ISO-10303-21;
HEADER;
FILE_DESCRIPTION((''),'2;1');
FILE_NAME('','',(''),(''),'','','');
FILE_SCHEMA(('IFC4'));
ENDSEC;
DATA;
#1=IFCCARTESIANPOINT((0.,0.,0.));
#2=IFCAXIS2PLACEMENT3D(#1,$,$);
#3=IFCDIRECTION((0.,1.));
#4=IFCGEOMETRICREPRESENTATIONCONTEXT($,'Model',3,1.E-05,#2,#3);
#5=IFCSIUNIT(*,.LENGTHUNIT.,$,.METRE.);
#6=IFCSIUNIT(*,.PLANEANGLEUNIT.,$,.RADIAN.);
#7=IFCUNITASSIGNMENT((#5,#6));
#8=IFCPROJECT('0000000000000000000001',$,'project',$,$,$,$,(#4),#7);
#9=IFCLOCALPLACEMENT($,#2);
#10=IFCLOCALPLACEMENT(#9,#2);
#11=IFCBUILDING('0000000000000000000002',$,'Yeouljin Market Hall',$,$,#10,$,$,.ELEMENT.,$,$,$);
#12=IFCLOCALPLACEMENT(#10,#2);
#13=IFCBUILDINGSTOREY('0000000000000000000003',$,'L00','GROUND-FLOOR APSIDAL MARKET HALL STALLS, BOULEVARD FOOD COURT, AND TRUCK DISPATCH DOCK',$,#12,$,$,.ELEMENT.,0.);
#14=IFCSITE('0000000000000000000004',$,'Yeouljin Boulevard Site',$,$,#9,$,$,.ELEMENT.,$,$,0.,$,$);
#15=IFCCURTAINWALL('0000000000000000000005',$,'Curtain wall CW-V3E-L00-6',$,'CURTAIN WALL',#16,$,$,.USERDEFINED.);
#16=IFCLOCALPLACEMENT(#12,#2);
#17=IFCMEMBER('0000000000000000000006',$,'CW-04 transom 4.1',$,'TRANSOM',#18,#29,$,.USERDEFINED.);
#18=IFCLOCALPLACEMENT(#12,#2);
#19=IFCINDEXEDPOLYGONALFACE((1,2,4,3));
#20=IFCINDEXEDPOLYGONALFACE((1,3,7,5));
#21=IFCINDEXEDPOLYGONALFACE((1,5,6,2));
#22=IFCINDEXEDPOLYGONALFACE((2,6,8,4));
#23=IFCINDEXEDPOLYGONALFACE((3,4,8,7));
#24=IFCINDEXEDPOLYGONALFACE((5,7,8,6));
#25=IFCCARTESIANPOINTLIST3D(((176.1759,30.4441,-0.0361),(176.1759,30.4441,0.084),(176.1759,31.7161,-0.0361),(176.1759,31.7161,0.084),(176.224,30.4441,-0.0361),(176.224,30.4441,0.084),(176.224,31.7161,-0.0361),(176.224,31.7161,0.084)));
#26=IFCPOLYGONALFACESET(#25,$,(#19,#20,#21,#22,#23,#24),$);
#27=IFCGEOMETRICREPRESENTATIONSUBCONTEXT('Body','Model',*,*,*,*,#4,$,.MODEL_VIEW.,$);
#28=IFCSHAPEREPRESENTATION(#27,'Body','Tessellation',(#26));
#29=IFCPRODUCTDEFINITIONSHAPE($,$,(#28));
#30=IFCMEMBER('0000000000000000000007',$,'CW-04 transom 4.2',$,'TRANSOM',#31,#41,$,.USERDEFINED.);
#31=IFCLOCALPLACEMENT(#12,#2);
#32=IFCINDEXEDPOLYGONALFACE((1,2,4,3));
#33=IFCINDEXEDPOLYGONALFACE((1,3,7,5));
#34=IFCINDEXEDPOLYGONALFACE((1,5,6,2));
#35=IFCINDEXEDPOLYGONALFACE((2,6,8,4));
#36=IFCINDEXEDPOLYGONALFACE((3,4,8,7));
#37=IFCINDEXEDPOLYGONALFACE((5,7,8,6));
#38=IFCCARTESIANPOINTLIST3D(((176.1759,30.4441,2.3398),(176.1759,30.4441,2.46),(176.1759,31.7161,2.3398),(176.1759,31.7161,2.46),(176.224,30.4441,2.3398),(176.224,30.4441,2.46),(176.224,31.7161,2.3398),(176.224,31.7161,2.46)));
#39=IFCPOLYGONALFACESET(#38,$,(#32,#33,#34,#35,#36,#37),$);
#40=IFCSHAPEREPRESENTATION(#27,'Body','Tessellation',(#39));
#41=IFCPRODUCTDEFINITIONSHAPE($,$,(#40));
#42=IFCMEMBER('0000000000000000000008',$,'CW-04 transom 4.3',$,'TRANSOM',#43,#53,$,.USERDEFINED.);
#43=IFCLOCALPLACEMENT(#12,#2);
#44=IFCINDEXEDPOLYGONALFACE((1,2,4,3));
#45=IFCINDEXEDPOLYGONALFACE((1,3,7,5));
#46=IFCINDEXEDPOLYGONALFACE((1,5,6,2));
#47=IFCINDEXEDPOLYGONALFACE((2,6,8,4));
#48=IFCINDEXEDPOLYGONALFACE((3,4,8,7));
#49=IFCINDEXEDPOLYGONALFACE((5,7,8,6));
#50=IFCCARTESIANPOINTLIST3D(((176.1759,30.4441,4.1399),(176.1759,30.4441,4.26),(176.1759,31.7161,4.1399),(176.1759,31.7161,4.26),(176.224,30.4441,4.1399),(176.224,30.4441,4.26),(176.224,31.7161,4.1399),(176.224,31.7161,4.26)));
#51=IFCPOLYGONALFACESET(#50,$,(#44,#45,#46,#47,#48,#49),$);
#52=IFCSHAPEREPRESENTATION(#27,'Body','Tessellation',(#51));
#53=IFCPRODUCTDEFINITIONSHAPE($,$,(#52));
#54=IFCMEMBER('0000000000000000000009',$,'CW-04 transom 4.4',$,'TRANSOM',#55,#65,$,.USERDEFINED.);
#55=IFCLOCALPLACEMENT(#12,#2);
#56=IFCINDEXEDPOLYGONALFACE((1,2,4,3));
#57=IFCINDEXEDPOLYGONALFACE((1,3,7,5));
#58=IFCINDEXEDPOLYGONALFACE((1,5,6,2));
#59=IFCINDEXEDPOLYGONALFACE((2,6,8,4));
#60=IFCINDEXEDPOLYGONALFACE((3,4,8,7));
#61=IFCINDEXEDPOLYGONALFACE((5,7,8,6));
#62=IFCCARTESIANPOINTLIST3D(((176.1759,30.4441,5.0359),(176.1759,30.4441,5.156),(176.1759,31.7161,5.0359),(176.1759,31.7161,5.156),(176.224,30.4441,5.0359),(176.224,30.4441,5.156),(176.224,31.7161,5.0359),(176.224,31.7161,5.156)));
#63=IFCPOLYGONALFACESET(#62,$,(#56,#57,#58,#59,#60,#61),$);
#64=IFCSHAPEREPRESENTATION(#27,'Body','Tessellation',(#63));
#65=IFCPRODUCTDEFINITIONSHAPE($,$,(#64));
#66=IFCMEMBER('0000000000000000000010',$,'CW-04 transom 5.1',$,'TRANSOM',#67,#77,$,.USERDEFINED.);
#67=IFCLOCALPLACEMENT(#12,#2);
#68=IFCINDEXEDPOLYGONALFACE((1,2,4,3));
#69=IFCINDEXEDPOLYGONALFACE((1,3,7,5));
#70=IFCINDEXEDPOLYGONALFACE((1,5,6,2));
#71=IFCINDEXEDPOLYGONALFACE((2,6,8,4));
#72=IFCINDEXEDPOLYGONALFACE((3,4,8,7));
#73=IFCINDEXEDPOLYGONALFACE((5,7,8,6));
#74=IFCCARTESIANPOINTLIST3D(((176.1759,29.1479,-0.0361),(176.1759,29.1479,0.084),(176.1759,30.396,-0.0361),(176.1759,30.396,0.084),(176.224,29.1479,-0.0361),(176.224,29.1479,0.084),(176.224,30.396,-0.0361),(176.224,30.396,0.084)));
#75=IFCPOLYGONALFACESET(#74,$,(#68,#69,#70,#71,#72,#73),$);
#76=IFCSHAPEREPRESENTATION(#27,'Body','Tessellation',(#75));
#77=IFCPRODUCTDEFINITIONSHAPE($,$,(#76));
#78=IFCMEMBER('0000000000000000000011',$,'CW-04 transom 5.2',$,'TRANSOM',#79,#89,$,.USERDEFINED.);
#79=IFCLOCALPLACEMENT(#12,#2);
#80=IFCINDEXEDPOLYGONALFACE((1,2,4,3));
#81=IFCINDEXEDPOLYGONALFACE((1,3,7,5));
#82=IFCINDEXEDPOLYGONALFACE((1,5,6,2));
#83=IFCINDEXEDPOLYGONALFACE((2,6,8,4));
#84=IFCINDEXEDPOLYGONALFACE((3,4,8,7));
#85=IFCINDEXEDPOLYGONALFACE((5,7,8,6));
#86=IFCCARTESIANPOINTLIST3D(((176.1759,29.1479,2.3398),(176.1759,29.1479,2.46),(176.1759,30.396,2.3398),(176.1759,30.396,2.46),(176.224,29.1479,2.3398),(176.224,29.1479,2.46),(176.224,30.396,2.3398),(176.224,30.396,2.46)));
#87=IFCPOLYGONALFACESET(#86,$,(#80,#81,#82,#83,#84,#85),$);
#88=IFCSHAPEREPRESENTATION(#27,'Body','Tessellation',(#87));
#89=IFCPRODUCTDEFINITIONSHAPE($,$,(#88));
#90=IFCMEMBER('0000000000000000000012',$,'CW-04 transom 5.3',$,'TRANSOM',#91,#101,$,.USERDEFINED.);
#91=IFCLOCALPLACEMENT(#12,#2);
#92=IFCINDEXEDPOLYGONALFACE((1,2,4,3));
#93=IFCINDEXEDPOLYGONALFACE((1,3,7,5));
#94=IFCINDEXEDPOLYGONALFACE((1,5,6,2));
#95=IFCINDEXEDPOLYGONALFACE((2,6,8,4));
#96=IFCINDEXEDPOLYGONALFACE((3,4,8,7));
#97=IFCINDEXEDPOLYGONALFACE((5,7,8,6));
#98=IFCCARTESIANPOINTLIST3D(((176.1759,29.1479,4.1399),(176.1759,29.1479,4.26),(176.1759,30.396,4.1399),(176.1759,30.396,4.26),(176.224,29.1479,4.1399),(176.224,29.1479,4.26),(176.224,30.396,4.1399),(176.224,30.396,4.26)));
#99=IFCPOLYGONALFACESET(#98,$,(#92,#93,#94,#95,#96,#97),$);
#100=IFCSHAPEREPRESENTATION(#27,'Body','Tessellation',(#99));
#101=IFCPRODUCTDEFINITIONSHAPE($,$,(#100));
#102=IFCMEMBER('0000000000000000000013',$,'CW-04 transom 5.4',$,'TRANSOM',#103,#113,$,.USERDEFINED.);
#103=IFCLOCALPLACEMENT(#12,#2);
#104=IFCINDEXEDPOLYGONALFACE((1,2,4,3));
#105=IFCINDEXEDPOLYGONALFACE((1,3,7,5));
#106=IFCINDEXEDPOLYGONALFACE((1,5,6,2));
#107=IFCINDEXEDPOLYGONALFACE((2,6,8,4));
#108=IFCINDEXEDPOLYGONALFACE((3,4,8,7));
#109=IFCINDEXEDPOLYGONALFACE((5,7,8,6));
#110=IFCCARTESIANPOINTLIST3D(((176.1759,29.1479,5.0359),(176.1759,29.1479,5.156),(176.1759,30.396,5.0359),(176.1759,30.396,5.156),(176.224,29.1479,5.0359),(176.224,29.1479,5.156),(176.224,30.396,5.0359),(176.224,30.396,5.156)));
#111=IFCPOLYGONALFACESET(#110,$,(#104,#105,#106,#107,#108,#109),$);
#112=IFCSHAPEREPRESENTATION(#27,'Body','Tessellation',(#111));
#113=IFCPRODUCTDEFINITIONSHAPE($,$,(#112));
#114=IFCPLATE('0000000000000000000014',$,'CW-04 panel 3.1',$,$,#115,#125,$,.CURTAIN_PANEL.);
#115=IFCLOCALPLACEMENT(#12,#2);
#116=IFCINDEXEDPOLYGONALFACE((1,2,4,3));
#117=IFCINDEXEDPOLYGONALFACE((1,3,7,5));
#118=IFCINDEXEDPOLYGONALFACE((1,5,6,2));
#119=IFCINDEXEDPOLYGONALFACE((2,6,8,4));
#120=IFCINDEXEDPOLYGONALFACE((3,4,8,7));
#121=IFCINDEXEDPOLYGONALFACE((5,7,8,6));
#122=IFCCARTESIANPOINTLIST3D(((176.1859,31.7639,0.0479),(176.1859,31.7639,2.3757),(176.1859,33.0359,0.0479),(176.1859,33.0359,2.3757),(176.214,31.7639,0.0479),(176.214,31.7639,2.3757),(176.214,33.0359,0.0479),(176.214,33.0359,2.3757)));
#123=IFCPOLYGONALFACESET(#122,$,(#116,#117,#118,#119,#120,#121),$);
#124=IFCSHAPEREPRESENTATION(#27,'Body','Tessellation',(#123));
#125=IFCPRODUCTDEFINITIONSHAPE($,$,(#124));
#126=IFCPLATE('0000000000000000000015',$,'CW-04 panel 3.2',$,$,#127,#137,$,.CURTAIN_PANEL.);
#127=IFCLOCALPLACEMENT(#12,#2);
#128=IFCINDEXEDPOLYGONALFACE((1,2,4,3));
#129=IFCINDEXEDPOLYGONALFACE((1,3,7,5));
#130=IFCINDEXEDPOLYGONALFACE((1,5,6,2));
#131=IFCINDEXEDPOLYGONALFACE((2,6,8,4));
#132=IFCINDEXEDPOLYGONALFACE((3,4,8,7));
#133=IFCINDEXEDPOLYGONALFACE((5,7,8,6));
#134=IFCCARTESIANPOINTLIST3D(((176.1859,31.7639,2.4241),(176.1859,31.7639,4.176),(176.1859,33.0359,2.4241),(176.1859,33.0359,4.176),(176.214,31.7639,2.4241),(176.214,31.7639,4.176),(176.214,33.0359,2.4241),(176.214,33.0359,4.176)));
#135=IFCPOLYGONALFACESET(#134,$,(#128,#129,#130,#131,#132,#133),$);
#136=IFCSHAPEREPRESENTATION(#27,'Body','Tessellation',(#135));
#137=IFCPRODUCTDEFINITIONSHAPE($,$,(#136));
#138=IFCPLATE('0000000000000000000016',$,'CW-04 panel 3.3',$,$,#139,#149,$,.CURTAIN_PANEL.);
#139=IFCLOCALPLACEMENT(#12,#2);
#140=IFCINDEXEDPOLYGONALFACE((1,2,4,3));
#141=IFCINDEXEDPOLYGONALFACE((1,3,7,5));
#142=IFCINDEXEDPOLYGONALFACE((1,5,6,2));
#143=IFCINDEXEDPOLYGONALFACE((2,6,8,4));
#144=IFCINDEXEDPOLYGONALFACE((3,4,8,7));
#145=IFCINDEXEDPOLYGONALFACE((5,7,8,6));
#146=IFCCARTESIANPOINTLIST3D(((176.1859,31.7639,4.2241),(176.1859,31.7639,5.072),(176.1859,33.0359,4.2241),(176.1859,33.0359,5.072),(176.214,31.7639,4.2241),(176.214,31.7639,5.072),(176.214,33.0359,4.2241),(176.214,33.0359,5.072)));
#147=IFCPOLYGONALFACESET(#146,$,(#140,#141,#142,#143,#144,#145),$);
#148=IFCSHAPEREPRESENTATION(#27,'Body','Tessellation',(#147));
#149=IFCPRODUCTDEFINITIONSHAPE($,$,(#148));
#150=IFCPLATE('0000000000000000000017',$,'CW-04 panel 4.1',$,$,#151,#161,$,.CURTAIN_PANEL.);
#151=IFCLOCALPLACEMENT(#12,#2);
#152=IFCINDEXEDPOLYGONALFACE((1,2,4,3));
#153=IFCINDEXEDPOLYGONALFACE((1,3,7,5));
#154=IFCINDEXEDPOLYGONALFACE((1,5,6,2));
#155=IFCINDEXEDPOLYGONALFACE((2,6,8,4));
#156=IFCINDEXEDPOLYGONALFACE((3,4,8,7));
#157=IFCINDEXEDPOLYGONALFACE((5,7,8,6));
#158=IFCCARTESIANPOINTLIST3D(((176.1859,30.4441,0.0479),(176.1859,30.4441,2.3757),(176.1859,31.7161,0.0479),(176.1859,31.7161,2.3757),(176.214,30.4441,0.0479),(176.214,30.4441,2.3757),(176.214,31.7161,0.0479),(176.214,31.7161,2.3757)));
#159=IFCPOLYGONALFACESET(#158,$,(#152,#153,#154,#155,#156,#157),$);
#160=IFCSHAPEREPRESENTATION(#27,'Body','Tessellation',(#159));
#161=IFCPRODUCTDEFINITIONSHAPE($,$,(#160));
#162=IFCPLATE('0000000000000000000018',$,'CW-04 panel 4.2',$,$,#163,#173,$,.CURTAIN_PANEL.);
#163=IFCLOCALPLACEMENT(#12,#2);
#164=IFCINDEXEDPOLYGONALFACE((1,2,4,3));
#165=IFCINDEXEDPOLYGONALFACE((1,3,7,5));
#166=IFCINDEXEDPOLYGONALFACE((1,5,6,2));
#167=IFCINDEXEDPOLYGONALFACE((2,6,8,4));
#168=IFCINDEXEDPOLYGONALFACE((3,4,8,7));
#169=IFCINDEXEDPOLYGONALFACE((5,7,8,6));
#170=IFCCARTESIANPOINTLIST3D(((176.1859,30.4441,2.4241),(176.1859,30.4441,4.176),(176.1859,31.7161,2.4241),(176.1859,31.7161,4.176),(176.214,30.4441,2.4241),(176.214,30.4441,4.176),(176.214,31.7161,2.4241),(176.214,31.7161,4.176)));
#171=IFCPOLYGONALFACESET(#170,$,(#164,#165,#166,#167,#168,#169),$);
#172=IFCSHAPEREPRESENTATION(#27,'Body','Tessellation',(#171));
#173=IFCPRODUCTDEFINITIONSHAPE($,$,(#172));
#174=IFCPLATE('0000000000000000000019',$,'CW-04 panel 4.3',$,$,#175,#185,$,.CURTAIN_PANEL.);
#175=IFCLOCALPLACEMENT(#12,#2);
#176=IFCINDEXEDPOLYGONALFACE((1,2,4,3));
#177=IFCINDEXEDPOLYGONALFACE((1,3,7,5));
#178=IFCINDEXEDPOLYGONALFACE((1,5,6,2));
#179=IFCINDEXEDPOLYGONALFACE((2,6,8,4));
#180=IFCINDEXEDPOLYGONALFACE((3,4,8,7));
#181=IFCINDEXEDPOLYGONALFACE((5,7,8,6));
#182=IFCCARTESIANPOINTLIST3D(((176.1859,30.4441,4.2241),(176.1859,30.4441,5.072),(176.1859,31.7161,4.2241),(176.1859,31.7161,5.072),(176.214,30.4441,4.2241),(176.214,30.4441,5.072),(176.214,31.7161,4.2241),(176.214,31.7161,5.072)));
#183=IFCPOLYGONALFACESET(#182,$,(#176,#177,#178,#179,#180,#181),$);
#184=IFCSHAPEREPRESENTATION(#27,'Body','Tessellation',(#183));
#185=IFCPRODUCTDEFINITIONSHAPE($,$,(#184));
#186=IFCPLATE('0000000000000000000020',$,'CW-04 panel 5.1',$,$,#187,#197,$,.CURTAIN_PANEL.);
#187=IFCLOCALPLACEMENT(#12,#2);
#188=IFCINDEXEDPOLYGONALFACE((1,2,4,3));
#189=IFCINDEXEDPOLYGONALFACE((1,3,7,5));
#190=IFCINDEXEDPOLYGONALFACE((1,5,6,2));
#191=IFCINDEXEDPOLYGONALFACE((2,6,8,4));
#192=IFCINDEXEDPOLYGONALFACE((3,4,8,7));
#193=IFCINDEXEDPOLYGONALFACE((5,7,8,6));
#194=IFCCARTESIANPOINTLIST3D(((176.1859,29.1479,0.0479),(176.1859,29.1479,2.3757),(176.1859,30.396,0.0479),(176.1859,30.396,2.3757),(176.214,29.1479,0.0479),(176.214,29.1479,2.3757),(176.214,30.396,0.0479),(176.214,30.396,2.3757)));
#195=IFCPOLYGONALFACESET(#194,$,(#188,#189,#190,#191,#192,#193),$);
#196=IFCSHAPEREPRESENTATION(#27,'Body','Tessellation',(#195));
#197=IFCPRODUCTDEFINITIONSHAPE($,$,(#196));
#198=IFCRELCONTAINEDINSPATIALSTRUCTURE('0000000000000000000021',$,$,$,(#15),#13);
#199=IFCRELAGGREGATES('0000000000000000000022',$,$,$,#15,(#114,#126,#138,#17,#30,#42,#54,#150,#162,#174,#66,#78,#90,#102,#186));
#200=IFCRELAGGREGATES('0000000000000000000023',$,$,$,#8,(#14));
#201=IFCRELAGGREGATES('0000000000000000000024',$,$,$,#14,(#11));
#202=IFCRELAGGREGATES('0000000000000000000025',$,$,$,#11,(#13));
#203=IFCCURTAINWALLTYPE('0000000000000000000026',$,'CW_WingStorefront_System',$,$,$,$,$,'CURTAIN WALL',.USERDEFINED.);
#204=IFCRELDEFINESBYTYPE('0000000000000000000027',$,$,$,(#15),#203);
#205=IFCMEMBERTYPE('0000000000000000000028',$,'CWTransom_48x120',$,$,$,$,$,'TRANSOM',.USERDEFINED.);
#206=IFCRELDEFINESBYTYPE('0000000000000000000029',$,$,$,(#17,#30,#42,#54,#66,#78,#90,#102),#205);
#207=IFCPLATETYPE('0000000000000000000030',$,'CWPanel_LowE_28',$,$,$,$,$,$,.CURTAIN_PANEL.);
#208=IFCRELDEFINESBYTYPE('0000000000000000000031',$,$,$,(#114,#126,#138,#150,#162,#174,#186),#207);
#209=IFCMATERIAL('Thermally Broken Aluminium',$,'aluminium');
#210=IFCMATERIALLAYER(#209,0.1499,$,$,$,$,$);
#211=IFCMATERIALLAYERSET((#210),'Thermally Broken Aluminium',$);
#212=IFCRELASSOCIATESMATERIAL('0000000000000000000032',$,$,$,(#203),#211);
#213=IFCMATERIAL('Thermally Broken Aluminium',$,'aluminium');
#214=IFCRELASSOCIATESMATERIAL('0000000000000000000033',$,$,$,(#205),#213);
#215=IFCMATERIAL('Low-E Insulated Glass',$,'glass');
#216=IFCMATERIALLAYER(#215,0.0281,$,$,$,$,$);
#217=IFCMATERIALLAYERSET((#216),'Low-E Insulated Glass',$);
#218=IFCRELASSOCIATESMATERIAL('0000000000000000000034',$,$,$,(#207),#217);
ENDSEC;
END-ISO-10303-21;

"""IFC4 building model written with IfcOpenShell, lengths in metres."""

from ifc_helpers import new_model, si_unit, direction, frame, origin, origin_2d, place, context, subcontext, project, spatial, rectangle, extrude, material, layer, layer_set, material_profile, profile_set, type_object, element, aggregate, save


model = new_model("IFC4")

# Units and contexts
model_context = context("Model", 3, precision=1e-05, world=origin(), true_north=direction((0.0, 1.0)))
body_context = subcontext(model_context, "Body", "Model", "MODEL_VIEW")
ifc_project = project(units=[si_unit("LENGTHUNIT", "METRE"), si_unit("PLANEANGLEUNIT", "RADIAN")], contexts=[model_context])

# Site, building, storey
site_placement = place(None, origin())
site = spatial("IfcSite", under=ifc_project, at=site_placement, Name="Yeouljin Boulevard Site", CompositionType="ELEMENT", RefElevation=0.0)
building_placement = place(site_placement, origin())
building = spatial("IfcBuilding", under=site, at=building_placement, Name="Yeouljin Market Hall", CompositionType="ELEMENT")
storey_placement = place(building_placement, origin())
storey = spatial("IfcBuildingStorey", under=building, at=storey_placement, Name="L00", Description="GROUND-FLOOR APSIDAL MARKET HALL STALLS, BOULEVARD FOOD COURT, AND TRUCK DISPATCH DOCK", CompositionType="ELEMENT", Elevation=0.0)

# Curtain wall, members, plates
ifc_material_1 = material(Name="Thermally Broken Aluminium", Category="aluminium")
ifc_layer_1 = layer(ifc_material_1, 0.1499)
ifc_layer_set_1 = layer_set([ifc_layer_1], Name="Thermally Broken Aluminium")
curtain_wall_type = type_object("IfcCurtainWallType", Name="CW_WingStorefront_System", ElementType="CURTAIN WALL", PredefinedType="USERDEFINED", material=ifc_layer_set_1)
curtain_wall_placement = place(storey_placement, origin())
curtain_wall = element("IfcCurtainWall", 1, at=curtain_wall_placement, inside=storey, type_object=curtain_wall_type, Name="Curtain wall CW-V3E-L00-6", ObjectType="CURTAIN WALL", PredefinedType="USERDEFINED")
ifc_material_2 = material(Name="Thermally Broken Aluminium", Category="aluminium")
ifc_material_profile_1 = material_profile(ifc_material_2, rectangle(XDim=0.0481, YDim=0.1201, at=origin_2d()), Name="CW-TRAN-48x120")
ifc_profile_set_1 = profile_set([ifc_material_profile_1], Name="Thermally Broken Aluminium")
member_type_1 = type_object("IfcMemberType", Name="CWTransom_48x120", ElementType="TRANSOM", PredefinedType="USERDEFINED", material=ifc_profile_set_1)
member_1_placement = place(storey_placement, frame((176.2, 31.7161, 0.0239), z_axis=(0.0, -1.0, 0.0), x_axis=(1.0, 0.0, 0.0)))
member_1 = element("IfcMember", 2, at=member_1_placement, type_object=member_type_1, Name="CW-04 transom 4.1", ObjectType="TRANSOM", PredefinedType="USERDEFINED", context=body_context, shape_type="SweptSolid", body=[
    extrude(rectangle(XDim=0.0481, YDim=0.1201, at=origin_2d()), origin(), (0.0, 0.0, 1.0), 1.272),
])
member_2_placement = place(storey_placement, frame((176.2, 31.7161, 2.3999), z_axis=(0.0, -1.0, 0.0), x_axis=(1.0, 0.0, 0.0)))
member_2 = element("IfcMember", 3, at=member_2_placement, type_object=member_type_1, Name="CW-04 transom 4.2", ObjectType="TRANSOM", PredefinedType="USERDEFINED", context=body_context, shape_type="SweptSolid", body=[
    extrude(rectangle(XDim=0.0481, YDim=0.1201, at=origin_2d()), origin(), (0.0, 0.0, 1.0), 1.272),
])
member_3_placement = place(storey_placement, frame((176.2, 31.7161, 4.2), z_axis=(0.0, -1.0, 0.0), x_axis=(1.0, 0.0, 0.0)))
member_3 = element("IfcMember", 4, at=member_3_placement, type_object=member_type_1, Name="CW-04 transom 4.3", ObjectType="TRANSOM", PredefinedType="USERDEFINED", context=body_context, shape_type="SweptSolid", body=[
    extrude(rectangle(XDim=0.0481, YDim=0.1201, at=origin_2d()), origin(), (0.0, 0.0, 1.0), 1.272),
])
member_4_placement = place(storey_placement, frame((176.2, 31.7161, 5.0959), z_axis=(0.0, -1.0, 0.0), x_axis=(1.0, 0.0, 0.0)))
member_4 = element("IfcMember", 5, at=member_4_placement, type_object=member_type_1, Name="CW-04 transom 4.4", ObjectType="TRANSOM", PredefinedType="USERDEFINED", context=body_context, shape_type="SweptSolid", body=[
    extrude(rectangle(XDim=0.0481, YDim=0.1201, at=origin_2d()), origin(), (0.0, 0.0, 1.0), 1.272),
])
member_5_placement = place(storey_placement, frame((176.2, 30.396, 0.0239), z_axis=(0.0, -1.0, 0.0), x_axis=(1.0, 0.0, 0.0)))
member_5 = element("IfcMember", 6, at=member_5_placement, type_object=member_type_1, Name="CW-04 transom 5.1", ObjectType="TRANSOM", PredefinedType="USERDEFINED", context=body_context, shape_type="SweptSolid", body=[
    extrude(rectangle(XDim=0.0481, YDim=0.1201, at=origin_2d()), origin(), (0.0, 0.0, 1.0), 1.248),
])
member_6_placement = place(storey_placement, frame((176.2, 30.396, 2.3999), z_axis=(0.0, -1.0, 0.0), x_axis=(1.0, 0.0, 0.0)))
member_6 = element("IfcMember", 7, at=member_6_placement, type_object=member_type_1, Name="CW-04 transom 5.2", ObjectType="TRANSOM", PredefinedType="USERDEFINED", context=body_context, shape_type="SweptSolid", body=[
    extrude(rectangle(XDim=0.0481, YDim=0.1201, at=origin_2d()), origin(), (0.0, 0.0, 1.0), 1.248),
])
member_7_placement = place(storey_placement, frame((176.2, 30.396, 4.2), z_axis=(0.0, -1.0, 0.0), x_axis=(1.0, 0.0, 0.0)))
member_7 = element("IfcMember", 8, at=member_7_placement, type_object=member_type_1, Name="CW-04 transom 5.3", ObjectType="TRANSOM", PredefinedType="USERDEFINED", context=body_context, shape_type="SweptSolid", body=[
    extrude(rectangle(XDim=0.0481, YDim=0.1201, at=origin_2d()), origin(), (0.0, 0.0, 1.0), 1.248),
])
member_8_placement = place(storey_placement, frame((176.2, 30.396, 5.0959), z_axis=(0.0, -1.0, 0.0), x_axis=(1.0, 0.0, 0.0)))
member_8 = element("IfcMember", 9, at=member_8_placement, type_object=member_type_1, Name="CW-04 transom 5.4", ObjectType="TRANSOM", PredefinedType="USERDEFINED", context=body_context, shape_type="SweptSolid", body=[
    extrude(rectangle(XDim=0.0481, YDim=0.1201, at=origin_2d()), origin(), (0.0, 0.0, 1.0), 1.248),
])
ifc_material_3 = material(Name="Low-E Insulated Glass", Category="glass")
ifc_layer_2 = layer(ifc_material_3, 0.0281)
ifc_layer_set_2 = layer_set([ifc_layer_2], Name="Low-E Insulated Glass")
plate_type = type_object("IfcPlateType", Name="CWPanel_LowE_28", PredefinedType="CURTAIN_PANEL", material=ifc_layer_set_2)
plate_1_placement = place(storey_placement, frame((176.2, 32.3999, 0.0479), z_axis=(0.0, 0.0, 1.0), x_axis=(0.0, -1.0, 0.0)))
plate_1 = element("IfcPlate", 10, at=plate_1_placement, type_object=plate_type, Name="CW-04 panel 3.1", PredefinedType="CURTAIN_PANEL", context=body_context, shape_type="SweptSolid", body=[
    extrude(rectangle(XDim=1.272, YDim=0.0281, at=origin_2d()), origin(), (0.0, 0.0, 1.0), 2.3279),
])
plate_2_placement = place(storey_placement, frame((176.2, 32.3999, 2.4241), z_axis=(0.0, 0.0, 1.0), x_axis=(0.0, -1.0, 0.0)))
plate_2 = element("IfcPlate", 11, at=plate_2_placement, type_object=plate_type, Name="CW-04 panel 3.2", PredefinedType="CURTAIN_PANEL", context=body_context, shape_type="SweptSolid", body=[
    extrude(rectangle(XDim=1.272, YDim=0.0281, at=origin_2d()), origin(), (0.0, 0.0, 1.0), 1.752),
])
plate_3_placement = place(storey_placement, frame((176.2, 32.3999, 4.2241), z_axis=(0.0, 0.0, 1.0), x_axis=(0.0, -1.0, 0.0)))
plate_3 = element("IfcPlate", 12, at=plate_3_placement, type_object=plate_type, Name="CW-04 panel 3.3", PredefinedType="CURTAIN_PANEL", context=body_context, shape_type="SweptSolid", body=[
    extrude(rectangle(XDim=1.272, YDim=0.0281, at=origin_2d()), origin(), (0.0, 0.0, 1.0), 0.8479),
])
plate_4_placement = place(storey_placement, frame((176.2, 31.0801, 0.0479), z_axis=(0.0, 0.0, 1.0), x_axis=(0.0, -1.0, 0.0)))
plate_4 = element("IfcPlate", 13, at=plate_4_placement, type_object=plate_type, Name="CW-04 panel 4.1", PredefinedType="CURTAIN_PANEL", context=body_context, shape_type="SweptSolid", body=[
    extrude(rectangle(XDim=1.272, YDim=0.0281, at=origin_2d()), origin(), (0.0, 0.0, 1.0), 2.3279),
])
plate_5_placement = place(storey_placement, frame((176.2, 31.0801, 2.4241), z_axis=(0.0, 0.0, 1.0), x_axis=(0.0, -1.0, 0.0)))
plate_5 = element("IfcPlate", 14, at=plate_5_placement, type_object=plate_type, Name="CW-04 panel 4.2", PredefinedType="CURTAIN_PANEL", context=body_context, shape_type="SweptSolid", body=[
    extrude(rectangle(XDim=1.272, YDim=0.0281, at=origin_2d()), origin(), (0.0, 0.0, 1.0), 1.752),
])
plate_6_placement = place(storey_placement, frame((176.2, 31.0801, 4.2241), z_axis=(0.0, 0.0, 1.0), x_axis=(0.0, -1.0, 0.0)))
plate_6 = element("IfcPlate", 15, at=plate_6_placement, type_object=plate_type, Name="CW-04 panel 4.3", PredefinedType="CURTAIN_PANEL", context=body_context, shape_type="SweptSolid", body=[
    extrude(rectangle(XDim=1.272, YDim=0.0281, at=origin_2d()), origin(), (0.0, 0.0, 1.0), 0.8479),
])
plate_7_placement = place(storey_placement, frame((176.2, 29.772, 0.0479), z_axis=(0.0, 0.0, 1.0), x_axis=(0.0, -1.0, 0.0)))
plate_7 = element("IfcPlate", 16, at=plate_7_placement, type_object=plate_type, Name="CW-04 panel 5.1", PredefinedType="CURTAIN_PANEL", context=body_context, shape_type="SweptSolid", body=[
    extrude(rectangle(XDim=1.248, YDim=0.0281, at=origin_2d()), origin(), (0.0, 0.0, 1.0), 2.3279),
])
aggregate(curtain_wall, [plate_1, plate_2, plate_3, member_1, member_2, member_3, member_4, plate_4, plate_5, plate_6, member_5, member_6, member_7, member_8, plate_7])

save(model, "model.ifc")
